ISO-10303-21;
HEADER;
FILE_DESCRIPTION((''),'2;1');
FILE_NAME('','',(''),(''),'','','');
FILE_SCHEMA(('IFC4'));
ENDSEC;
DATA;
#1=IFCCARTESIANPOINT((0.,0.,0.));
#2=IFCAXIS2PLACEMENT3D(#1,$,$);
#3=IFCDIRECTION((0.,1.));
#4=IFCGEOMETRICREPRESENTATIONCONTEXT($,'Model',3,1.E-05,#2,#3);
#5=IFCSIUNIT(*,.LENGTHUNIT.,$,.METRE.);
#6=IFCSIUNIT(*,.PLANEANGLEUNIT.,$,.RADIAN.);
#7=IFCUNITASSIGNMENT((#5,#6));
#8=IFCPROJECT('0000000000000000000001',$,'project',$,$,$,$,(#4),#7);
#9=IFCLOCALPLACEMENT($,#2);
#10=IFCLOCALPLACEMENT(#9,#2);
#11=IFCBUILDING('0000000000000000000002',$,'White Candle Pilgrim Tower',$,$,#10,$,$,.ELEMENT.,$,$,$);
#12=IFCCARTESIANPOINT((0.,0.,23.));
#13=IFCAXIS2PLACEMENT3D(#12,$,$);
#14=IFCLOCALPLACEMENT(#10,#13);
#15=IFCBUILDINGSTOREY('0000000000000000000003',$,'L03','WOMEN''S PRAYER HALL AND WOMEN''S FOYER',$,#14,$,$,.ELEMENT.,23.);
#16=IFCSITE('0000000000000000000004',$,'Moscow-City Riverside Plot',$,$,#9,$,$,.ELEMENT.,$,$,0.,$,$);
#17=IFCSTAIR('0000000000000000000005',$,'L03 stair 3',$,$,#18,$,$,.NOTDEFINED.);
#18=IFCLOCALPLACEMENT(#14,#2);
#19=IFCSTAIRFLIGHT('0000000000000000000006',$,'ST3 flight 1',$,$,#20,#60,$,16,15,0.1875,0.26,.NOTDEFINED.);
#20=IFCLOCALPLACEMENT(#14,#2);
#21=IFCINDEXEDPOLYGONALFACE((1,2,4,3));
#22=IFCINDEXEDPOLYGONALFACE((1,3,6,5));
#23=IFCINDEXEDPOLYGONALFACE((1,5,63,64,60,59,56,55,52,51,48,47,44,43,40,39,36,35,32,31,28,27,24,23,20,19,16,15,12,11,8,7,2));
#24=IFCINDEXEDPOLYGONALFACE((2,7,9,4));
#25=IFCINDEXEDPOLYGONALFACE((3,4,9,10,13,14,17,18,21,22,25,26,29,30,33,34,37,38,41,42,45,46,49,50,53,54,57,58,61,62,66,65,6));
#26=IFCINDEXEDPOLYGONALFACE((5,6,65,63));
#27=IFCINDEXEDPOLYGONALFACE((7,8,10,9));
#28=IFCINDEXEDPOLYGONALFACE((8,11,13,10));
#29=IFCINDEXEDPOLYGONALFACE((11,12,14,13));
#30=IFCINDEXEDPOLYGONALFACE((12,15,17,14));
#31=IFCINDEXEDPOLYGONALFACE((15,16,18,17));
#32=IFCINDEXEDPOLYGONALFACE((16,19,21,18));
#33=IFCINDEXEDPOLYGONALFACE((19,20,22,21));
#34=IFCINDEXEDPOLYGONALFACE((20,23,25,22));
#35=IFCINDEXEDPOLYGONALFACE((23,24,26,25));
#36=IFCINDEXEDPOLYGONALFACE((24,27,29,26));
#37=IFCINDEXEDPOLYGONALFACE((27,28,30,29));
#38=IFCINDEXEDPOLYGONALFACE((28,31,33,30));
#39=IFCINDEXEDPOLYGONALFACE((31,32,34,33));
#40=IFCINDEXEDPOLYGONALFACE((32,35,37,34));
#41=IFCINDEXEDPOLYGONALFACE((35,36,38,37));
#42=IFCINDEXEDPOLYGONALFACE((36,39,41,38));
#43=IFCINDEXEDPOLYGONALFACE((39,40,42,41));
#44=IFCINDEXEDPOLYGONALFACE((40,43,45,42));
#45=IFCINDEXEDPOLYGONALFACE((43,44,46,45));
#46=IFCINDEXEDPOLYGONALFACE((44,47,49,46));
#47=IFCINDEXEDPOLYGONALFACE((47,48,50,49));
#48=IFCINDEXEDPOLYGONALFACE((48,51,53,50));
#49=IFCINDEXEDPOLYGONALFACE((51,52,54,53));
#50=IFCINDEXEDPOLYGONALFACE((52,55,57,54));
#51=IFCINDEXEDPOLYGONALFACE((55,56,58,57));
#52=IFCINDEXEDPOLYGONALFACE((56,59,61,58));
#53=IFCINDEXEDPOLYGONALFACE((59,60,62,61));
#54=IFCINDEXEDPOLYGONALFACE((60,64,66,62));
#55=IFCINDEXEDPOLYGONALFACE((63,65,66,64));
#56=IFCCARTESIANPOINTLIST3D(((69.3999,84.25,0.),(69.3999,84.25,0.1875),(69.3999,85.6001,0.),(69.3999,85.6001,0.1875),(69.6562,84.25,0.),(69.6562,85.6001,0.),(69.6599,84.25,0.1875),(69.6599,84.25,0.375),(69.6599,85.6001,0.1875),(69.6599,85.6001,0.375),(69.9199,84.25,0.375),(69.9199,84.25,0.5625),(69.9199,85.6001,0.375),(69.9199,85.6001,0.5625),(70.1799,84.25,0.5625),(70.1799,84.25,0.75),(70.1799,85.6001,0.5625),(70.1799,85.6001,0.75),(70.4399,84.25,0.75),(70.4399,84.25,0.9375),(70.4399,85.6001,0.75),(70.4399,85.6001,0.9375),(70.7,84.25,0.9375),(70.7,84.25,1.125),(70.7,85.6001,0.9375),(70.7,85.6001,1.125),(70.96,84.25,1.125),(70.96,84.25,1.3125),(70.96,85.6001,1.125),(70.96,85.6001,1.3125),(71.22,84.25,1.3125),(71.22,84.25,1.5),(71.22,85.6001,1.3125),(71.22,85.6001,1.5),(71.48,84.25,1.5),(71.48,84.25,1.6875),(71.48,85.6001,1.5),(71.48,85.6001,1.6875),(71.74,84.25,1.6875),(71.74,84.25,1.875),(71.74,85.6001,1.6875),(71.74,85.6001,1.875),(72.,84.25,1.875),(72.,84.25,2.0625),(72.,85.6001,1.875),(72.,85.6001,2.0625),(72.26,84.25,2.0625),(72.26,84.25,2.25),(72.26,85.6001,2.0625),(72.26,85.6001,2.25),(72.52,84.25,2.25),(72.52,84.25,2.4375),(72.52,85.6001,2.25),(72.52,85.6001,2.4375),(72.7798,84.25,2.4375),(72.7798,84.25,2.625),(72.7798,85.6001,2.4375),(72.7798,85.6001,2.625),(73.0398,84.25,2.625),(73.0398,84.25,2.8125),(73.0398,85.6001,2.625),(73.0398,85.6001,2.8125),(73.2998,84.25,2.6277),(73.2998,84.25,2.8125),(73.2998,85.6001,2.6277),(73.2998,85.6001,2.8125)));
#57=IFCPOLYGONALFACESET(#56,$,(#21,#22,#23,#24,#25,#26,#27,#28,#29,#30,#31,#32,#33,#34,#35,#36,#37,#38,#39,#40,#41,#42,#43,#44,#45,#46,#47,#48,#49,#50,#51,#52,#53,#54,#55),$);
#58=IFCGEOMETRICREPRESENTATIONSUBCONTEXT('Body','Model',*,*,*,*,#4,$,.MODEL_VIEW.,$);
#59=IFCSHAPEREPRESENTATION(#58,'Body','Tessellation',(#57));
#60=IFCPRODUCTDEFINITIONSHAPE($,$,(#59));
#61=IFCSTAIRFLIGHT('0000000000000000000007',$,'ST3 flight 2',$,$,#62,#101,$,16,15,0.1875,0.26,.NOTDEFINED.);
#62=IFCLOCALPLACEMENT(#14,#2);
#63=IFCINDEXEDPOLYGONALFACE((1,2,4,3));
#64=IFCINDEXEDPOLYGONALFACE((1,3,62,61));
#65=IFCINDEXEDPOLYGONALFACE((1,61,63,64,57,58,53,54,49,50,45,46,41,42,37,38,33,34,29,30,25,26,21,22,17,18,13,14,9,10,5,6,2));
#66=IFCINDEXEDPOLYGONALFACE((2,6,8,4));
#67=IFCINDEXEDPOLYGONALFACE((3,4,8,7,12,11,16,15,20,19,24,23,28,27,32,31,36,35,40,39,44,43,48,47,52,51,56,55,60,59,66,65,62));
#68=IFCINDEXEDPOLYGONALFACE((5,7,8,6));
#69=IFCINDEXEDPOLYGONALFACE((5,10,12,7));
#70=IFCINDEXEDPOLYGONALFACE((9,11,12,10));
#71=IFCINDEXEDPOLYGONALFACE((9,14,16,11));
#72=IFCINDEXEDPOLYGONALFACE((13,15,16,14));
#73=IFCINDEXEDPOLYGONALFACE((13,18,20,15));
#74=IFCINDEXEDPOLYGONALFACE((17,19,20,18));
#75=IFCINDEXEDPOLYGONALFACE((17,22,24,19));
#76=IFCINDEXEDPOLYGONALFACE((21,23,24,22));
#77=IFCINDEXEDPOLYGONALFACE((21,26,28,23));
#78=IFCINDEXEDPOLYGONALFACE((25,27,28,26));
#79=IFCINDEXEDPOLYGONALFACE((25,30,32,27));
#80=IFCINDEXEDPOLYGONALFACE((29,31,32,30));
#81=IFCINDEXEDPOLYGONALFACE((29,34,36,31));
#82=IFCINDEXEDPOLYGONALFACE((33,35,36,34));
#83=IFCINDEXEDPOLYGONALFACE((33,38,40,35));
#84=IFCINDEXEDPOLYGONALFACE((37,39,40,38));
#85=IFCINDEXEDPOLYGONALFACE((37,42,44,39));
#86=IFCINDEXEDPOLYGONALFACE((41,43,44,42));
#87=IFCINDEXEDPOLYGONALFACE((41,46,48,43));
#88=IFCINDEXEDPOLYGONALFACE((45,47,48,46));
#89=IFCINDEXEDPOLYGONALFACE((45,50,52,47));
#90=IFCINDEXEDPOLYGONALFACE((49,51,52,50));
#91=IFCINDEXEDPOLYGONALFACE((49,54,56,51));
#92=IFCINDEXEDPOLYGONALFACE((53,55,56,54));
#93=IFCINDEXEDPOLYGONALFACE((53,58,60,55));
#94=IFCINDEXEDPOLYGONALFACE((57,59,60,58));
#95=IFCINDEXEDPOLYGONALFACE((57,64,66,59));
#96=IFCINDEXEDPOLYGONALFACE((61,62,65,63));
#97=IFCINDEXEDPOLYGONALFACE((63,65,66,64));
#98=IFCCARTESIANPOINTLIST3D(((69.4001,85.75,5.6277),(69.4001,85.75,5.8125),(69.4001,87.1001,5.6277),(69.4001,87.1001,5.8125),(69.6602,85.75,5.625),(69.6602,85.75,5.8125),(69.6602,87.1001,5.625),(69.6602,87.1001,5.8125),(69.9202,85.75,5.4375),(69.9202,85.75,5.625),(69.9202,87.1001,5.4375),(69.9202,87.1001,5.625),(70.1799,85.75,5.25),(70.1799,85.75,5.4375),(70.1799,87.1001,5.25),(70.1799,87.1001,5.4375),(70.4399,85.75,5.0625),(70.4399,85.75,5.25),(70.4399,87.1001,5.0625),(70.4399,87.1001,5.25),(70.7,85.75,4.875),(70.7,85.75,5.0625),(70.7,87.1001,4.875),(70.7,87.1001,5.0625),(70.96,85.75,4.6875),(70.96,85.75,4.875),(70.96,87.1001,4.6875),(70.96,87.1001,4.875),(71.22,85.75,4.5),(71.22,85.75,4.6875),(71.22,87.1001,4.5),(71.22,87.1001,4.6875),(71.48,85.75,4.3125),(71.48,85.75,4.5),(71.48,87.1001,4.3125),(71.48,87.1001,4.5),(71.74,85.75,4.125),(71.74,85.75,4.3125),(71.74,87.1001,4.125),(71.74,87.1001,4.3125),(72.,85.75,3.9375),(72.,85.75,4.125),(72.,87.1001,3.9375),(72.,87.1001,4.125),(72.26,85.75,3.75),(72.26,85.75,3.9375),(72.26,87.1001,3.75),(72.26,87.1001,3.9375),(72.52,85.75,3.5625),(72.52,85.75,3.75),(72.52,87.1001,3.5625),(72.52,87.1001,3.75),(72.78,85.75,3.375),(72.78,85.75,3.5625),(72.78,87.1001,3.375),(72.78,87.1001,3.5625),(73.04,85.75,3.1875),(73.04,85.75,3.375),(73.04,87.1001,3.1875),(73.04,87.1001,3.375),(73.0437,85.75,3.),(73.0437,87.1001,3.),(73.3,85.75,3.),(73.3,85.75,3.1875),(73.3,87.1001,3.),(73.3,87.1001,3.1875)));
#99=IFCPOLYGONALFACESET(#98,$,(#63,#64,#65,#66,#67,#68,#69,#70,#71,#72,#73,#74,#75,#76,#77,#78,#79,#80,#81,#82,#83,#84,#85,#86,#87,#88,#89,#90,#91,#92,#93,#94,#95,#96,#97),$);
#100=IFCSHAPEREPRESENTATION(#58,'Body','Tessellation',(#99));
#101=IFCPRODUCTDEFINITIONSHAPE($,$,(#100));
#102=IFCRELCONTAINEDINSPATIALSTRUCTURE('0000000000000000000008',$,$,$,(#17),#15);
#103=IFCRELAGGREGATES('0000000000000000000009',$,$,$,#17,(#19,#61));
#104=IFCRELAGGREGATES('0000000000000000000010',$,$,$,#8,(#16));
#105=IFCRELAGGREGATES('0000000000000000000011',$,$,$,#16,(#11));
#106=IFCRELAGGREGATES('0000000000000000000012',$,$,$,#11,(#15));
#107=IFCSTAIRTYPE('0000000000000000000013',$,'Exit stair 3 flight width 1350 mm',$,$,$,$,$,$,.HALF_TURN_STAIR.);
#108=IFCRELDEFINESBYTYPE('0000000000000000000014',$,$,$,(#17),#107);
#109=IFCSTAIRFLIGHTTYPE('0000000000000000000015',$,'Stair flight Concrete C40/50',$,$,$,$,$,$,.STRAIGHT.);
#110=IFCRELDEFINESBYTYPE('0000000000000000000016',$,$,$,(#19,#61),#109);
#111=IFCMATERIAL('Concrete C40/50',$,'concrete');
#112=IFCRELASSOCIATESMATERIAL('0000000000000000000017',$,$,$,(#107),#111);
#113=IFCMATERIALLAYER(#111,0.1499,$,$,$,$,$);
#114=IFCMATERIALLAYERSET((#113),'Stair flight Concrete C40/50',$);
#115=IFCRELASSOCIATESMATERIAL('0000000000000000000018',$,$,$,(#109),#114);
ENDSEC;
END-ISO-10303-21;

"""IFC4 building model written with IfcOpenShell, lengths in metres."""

from ifc_helpers import new_model, si_unit, direction, frame, origin, place, context, subcontext, project, spatial, polyline, outline, extrude, material, layer, layer_set, type_object, element, aggregate, save


model = new_model("IFC4")

# Units and contexts
model_context = context("Model", 3, precision=1e-05, world=origin(), true_north=direction((0.0, 1.0)))
body_context = subcontext(model_context, "Body", "Model", "MODEL_VIEW")
ifc_project = project(units=[si_unit("LENGTHUNIT", "METRE"), si_unit("PLANEANGLEUNIT", "RADIAN")], contexts=[model_context])

# Site, building, storey
site_placement = place(None, origin())
site = spatial("IfcSite", under=ifc_project, at=site_placement, Name="Moscow-City Riverside Plot", CompositionType="ELEMENT", RefElevation=0.0)
building_placement = place(site_placement, origin())
building = spatial("IfcBuilding", under=site, at=building_placement, Name="White Candle Pilgrim Tower", CompositionType="ELEMENT")
storey_placement = place(building_placement, frame((0.0, 0.0, 23.0)))
storey = spatial("IfcBuildingStorey", under=building, at=storey_placement, Name="L03", Description="WOMEN'S PRAYER HALL AND WOMEN'S FOYER", CompositionType="ELEMENT", Elevation=23.0)

# Stair, stair flights
ifc_material_1 = material(Name="Concrete C40/50", Category="concrete")
stair_type = type_object("IfcStairType", Name="Exit stair 3 flight width 1350 mm", PredefinedType="HALF_TURN_STAIR", material=ifc_material_1)
stair_placement = place(storey_placement, origin())
stair = element("IfcStair", 1, at=stair_placement, inside=storey, type_object=stair_type, Name="L03 stair 3", PredefinedType="NOTDEFINED")
ifc_layer_1 = layer(ifc_material_1, 0.1499)
ifc_layer_set_1 = layer_set([ifc_layer_1], Name="Stair flight Concrete C40/50")
stair_flight_type = type_object("IfcStairFlightType", Name="Stair flight Concrete C40/50", PredefinedType="STRAIGHT", material=ifc_layer_set_1)
stair_flight_1_placement = place(storey_placement, frame((69.3999, 84.925, 0.0), z_axis=(0.0, 0.0, 1.0), x_axis=(1.0, 0.0, 0.0)))
stair_flight_1 = element("IfcStairFlight", 2, at=stair_flight_1_placement, type_object=stair_flight_type, Name="ST3 flight 1", NumberOfRisers=16, NumberOfTreads=15, PredefinedType="NOTDEFINED", RiserHeight=0.1875, TreadLength=0.26, context=body_context, shape_type="SweptSolid", body=[
    extrude(outline(polyline([(0.0, 0.0), (0.0, 0.1875), (0.26, 0.1875), (0.26, 0.375), (0.52, 0.375), (0.52, 0.5625), (0.78, 0.5625), (0.78, 0.75), (1.04, 0.75), (1.04, 0.9375), (1.3, 0.9375), (1.3, 1.125), (1.5601, 1.125), (1.5601, 1.3125), (1.8201, 1.3125), (1.8201, 1.5), (2.0801, 1.5), (2.0801, 1.6875), (2.3401, 1.6875), (2.3401, 1.875), (2.6001, 1.875), (2.6001, 2.0625), (2.8601, 2.0625), (2.8601, 2.25), (3.1201, 2.25), (3.1201, 2.4375), (3.3799, 2.4375), (3.3799, 2.625), (3.6399, 2.625), (3.6399, 2.8125), (3.8999, 2.8125), (3.8999, 3.0), (3.8999, 2.6277), (0.2563, 0.0), (0.0, 0.0)])), frame((0.0, 0.675, 0.0), z_axis=(0.0, -1.0, 0.0), x_axis=(1.0, 0.0, 0.0)), (0.0, 0.0, 1.0), 1.3501),
])
stair_flight_2_placement = place(storey_placement, frame((73.3, 86.425, 3.0), z_axis=(0.0, 0.0, 1.0), x_axis=(-1.0, 0.0, 0.0)))
stair_flight_2 = element("IfcStairFlight", 3, at=stair_flight_2_placement, type_object=stair_flight_type, Name="ST3 flight 2", NumberOfRisers=16, NumberOfTreads=15, PredefinedType="NOTDEFINED", RiserHeight=0.1875, TreadLength=0.26, context=body_context, shape_type="SweptSolid", body=[
    extrude(outline(polyline([(0.0, 0.0), (0.0, 0.1875), (0.26, 0.1875), (0.26, 0.375), (0.52, 0.375), (0.52, 0.5625), (0.78, 0.5625), (0.78, 0.75), (1.04, 0.75), (1.04, 0.9375), (1.3, 0.9375), (1.3, 1.125), (1.5601, 1.125), (1.5601, 1.3125), (1.8201, 1.3125), (1.8201, 1.5), (2.0801, 1.5), (2.0801, 1.6875), (2.3401, 1.6875), (2.3401, 1.875), (2.6001, 1.875), (2.6001, 2.0625), (2.8601, 2.0625), (2.8601, 2.25), (3.1201, 2.25), (3.1201, 2.4375), (3.3799, 2.4375), (3.3799, 2.625), (3.6399, 2.625), (3.6399, 2.8125), (3.8999, 2.8125), (3.8999, 3.0), (3.8999, 2.6277), (0.2563, 0.0), (0.0, 0.0)])), frame((0.0, 0.675, 0.0), z_axis=(0.0, -1.0, 0.0), x_axis=(1.0, 0.0, 0.0)), (0.0, 0.0, 1.0), 1.3501),
])
aggregate(stair, [stair_flight_1, stair_flight_2])

save(model, "model.ifc")
